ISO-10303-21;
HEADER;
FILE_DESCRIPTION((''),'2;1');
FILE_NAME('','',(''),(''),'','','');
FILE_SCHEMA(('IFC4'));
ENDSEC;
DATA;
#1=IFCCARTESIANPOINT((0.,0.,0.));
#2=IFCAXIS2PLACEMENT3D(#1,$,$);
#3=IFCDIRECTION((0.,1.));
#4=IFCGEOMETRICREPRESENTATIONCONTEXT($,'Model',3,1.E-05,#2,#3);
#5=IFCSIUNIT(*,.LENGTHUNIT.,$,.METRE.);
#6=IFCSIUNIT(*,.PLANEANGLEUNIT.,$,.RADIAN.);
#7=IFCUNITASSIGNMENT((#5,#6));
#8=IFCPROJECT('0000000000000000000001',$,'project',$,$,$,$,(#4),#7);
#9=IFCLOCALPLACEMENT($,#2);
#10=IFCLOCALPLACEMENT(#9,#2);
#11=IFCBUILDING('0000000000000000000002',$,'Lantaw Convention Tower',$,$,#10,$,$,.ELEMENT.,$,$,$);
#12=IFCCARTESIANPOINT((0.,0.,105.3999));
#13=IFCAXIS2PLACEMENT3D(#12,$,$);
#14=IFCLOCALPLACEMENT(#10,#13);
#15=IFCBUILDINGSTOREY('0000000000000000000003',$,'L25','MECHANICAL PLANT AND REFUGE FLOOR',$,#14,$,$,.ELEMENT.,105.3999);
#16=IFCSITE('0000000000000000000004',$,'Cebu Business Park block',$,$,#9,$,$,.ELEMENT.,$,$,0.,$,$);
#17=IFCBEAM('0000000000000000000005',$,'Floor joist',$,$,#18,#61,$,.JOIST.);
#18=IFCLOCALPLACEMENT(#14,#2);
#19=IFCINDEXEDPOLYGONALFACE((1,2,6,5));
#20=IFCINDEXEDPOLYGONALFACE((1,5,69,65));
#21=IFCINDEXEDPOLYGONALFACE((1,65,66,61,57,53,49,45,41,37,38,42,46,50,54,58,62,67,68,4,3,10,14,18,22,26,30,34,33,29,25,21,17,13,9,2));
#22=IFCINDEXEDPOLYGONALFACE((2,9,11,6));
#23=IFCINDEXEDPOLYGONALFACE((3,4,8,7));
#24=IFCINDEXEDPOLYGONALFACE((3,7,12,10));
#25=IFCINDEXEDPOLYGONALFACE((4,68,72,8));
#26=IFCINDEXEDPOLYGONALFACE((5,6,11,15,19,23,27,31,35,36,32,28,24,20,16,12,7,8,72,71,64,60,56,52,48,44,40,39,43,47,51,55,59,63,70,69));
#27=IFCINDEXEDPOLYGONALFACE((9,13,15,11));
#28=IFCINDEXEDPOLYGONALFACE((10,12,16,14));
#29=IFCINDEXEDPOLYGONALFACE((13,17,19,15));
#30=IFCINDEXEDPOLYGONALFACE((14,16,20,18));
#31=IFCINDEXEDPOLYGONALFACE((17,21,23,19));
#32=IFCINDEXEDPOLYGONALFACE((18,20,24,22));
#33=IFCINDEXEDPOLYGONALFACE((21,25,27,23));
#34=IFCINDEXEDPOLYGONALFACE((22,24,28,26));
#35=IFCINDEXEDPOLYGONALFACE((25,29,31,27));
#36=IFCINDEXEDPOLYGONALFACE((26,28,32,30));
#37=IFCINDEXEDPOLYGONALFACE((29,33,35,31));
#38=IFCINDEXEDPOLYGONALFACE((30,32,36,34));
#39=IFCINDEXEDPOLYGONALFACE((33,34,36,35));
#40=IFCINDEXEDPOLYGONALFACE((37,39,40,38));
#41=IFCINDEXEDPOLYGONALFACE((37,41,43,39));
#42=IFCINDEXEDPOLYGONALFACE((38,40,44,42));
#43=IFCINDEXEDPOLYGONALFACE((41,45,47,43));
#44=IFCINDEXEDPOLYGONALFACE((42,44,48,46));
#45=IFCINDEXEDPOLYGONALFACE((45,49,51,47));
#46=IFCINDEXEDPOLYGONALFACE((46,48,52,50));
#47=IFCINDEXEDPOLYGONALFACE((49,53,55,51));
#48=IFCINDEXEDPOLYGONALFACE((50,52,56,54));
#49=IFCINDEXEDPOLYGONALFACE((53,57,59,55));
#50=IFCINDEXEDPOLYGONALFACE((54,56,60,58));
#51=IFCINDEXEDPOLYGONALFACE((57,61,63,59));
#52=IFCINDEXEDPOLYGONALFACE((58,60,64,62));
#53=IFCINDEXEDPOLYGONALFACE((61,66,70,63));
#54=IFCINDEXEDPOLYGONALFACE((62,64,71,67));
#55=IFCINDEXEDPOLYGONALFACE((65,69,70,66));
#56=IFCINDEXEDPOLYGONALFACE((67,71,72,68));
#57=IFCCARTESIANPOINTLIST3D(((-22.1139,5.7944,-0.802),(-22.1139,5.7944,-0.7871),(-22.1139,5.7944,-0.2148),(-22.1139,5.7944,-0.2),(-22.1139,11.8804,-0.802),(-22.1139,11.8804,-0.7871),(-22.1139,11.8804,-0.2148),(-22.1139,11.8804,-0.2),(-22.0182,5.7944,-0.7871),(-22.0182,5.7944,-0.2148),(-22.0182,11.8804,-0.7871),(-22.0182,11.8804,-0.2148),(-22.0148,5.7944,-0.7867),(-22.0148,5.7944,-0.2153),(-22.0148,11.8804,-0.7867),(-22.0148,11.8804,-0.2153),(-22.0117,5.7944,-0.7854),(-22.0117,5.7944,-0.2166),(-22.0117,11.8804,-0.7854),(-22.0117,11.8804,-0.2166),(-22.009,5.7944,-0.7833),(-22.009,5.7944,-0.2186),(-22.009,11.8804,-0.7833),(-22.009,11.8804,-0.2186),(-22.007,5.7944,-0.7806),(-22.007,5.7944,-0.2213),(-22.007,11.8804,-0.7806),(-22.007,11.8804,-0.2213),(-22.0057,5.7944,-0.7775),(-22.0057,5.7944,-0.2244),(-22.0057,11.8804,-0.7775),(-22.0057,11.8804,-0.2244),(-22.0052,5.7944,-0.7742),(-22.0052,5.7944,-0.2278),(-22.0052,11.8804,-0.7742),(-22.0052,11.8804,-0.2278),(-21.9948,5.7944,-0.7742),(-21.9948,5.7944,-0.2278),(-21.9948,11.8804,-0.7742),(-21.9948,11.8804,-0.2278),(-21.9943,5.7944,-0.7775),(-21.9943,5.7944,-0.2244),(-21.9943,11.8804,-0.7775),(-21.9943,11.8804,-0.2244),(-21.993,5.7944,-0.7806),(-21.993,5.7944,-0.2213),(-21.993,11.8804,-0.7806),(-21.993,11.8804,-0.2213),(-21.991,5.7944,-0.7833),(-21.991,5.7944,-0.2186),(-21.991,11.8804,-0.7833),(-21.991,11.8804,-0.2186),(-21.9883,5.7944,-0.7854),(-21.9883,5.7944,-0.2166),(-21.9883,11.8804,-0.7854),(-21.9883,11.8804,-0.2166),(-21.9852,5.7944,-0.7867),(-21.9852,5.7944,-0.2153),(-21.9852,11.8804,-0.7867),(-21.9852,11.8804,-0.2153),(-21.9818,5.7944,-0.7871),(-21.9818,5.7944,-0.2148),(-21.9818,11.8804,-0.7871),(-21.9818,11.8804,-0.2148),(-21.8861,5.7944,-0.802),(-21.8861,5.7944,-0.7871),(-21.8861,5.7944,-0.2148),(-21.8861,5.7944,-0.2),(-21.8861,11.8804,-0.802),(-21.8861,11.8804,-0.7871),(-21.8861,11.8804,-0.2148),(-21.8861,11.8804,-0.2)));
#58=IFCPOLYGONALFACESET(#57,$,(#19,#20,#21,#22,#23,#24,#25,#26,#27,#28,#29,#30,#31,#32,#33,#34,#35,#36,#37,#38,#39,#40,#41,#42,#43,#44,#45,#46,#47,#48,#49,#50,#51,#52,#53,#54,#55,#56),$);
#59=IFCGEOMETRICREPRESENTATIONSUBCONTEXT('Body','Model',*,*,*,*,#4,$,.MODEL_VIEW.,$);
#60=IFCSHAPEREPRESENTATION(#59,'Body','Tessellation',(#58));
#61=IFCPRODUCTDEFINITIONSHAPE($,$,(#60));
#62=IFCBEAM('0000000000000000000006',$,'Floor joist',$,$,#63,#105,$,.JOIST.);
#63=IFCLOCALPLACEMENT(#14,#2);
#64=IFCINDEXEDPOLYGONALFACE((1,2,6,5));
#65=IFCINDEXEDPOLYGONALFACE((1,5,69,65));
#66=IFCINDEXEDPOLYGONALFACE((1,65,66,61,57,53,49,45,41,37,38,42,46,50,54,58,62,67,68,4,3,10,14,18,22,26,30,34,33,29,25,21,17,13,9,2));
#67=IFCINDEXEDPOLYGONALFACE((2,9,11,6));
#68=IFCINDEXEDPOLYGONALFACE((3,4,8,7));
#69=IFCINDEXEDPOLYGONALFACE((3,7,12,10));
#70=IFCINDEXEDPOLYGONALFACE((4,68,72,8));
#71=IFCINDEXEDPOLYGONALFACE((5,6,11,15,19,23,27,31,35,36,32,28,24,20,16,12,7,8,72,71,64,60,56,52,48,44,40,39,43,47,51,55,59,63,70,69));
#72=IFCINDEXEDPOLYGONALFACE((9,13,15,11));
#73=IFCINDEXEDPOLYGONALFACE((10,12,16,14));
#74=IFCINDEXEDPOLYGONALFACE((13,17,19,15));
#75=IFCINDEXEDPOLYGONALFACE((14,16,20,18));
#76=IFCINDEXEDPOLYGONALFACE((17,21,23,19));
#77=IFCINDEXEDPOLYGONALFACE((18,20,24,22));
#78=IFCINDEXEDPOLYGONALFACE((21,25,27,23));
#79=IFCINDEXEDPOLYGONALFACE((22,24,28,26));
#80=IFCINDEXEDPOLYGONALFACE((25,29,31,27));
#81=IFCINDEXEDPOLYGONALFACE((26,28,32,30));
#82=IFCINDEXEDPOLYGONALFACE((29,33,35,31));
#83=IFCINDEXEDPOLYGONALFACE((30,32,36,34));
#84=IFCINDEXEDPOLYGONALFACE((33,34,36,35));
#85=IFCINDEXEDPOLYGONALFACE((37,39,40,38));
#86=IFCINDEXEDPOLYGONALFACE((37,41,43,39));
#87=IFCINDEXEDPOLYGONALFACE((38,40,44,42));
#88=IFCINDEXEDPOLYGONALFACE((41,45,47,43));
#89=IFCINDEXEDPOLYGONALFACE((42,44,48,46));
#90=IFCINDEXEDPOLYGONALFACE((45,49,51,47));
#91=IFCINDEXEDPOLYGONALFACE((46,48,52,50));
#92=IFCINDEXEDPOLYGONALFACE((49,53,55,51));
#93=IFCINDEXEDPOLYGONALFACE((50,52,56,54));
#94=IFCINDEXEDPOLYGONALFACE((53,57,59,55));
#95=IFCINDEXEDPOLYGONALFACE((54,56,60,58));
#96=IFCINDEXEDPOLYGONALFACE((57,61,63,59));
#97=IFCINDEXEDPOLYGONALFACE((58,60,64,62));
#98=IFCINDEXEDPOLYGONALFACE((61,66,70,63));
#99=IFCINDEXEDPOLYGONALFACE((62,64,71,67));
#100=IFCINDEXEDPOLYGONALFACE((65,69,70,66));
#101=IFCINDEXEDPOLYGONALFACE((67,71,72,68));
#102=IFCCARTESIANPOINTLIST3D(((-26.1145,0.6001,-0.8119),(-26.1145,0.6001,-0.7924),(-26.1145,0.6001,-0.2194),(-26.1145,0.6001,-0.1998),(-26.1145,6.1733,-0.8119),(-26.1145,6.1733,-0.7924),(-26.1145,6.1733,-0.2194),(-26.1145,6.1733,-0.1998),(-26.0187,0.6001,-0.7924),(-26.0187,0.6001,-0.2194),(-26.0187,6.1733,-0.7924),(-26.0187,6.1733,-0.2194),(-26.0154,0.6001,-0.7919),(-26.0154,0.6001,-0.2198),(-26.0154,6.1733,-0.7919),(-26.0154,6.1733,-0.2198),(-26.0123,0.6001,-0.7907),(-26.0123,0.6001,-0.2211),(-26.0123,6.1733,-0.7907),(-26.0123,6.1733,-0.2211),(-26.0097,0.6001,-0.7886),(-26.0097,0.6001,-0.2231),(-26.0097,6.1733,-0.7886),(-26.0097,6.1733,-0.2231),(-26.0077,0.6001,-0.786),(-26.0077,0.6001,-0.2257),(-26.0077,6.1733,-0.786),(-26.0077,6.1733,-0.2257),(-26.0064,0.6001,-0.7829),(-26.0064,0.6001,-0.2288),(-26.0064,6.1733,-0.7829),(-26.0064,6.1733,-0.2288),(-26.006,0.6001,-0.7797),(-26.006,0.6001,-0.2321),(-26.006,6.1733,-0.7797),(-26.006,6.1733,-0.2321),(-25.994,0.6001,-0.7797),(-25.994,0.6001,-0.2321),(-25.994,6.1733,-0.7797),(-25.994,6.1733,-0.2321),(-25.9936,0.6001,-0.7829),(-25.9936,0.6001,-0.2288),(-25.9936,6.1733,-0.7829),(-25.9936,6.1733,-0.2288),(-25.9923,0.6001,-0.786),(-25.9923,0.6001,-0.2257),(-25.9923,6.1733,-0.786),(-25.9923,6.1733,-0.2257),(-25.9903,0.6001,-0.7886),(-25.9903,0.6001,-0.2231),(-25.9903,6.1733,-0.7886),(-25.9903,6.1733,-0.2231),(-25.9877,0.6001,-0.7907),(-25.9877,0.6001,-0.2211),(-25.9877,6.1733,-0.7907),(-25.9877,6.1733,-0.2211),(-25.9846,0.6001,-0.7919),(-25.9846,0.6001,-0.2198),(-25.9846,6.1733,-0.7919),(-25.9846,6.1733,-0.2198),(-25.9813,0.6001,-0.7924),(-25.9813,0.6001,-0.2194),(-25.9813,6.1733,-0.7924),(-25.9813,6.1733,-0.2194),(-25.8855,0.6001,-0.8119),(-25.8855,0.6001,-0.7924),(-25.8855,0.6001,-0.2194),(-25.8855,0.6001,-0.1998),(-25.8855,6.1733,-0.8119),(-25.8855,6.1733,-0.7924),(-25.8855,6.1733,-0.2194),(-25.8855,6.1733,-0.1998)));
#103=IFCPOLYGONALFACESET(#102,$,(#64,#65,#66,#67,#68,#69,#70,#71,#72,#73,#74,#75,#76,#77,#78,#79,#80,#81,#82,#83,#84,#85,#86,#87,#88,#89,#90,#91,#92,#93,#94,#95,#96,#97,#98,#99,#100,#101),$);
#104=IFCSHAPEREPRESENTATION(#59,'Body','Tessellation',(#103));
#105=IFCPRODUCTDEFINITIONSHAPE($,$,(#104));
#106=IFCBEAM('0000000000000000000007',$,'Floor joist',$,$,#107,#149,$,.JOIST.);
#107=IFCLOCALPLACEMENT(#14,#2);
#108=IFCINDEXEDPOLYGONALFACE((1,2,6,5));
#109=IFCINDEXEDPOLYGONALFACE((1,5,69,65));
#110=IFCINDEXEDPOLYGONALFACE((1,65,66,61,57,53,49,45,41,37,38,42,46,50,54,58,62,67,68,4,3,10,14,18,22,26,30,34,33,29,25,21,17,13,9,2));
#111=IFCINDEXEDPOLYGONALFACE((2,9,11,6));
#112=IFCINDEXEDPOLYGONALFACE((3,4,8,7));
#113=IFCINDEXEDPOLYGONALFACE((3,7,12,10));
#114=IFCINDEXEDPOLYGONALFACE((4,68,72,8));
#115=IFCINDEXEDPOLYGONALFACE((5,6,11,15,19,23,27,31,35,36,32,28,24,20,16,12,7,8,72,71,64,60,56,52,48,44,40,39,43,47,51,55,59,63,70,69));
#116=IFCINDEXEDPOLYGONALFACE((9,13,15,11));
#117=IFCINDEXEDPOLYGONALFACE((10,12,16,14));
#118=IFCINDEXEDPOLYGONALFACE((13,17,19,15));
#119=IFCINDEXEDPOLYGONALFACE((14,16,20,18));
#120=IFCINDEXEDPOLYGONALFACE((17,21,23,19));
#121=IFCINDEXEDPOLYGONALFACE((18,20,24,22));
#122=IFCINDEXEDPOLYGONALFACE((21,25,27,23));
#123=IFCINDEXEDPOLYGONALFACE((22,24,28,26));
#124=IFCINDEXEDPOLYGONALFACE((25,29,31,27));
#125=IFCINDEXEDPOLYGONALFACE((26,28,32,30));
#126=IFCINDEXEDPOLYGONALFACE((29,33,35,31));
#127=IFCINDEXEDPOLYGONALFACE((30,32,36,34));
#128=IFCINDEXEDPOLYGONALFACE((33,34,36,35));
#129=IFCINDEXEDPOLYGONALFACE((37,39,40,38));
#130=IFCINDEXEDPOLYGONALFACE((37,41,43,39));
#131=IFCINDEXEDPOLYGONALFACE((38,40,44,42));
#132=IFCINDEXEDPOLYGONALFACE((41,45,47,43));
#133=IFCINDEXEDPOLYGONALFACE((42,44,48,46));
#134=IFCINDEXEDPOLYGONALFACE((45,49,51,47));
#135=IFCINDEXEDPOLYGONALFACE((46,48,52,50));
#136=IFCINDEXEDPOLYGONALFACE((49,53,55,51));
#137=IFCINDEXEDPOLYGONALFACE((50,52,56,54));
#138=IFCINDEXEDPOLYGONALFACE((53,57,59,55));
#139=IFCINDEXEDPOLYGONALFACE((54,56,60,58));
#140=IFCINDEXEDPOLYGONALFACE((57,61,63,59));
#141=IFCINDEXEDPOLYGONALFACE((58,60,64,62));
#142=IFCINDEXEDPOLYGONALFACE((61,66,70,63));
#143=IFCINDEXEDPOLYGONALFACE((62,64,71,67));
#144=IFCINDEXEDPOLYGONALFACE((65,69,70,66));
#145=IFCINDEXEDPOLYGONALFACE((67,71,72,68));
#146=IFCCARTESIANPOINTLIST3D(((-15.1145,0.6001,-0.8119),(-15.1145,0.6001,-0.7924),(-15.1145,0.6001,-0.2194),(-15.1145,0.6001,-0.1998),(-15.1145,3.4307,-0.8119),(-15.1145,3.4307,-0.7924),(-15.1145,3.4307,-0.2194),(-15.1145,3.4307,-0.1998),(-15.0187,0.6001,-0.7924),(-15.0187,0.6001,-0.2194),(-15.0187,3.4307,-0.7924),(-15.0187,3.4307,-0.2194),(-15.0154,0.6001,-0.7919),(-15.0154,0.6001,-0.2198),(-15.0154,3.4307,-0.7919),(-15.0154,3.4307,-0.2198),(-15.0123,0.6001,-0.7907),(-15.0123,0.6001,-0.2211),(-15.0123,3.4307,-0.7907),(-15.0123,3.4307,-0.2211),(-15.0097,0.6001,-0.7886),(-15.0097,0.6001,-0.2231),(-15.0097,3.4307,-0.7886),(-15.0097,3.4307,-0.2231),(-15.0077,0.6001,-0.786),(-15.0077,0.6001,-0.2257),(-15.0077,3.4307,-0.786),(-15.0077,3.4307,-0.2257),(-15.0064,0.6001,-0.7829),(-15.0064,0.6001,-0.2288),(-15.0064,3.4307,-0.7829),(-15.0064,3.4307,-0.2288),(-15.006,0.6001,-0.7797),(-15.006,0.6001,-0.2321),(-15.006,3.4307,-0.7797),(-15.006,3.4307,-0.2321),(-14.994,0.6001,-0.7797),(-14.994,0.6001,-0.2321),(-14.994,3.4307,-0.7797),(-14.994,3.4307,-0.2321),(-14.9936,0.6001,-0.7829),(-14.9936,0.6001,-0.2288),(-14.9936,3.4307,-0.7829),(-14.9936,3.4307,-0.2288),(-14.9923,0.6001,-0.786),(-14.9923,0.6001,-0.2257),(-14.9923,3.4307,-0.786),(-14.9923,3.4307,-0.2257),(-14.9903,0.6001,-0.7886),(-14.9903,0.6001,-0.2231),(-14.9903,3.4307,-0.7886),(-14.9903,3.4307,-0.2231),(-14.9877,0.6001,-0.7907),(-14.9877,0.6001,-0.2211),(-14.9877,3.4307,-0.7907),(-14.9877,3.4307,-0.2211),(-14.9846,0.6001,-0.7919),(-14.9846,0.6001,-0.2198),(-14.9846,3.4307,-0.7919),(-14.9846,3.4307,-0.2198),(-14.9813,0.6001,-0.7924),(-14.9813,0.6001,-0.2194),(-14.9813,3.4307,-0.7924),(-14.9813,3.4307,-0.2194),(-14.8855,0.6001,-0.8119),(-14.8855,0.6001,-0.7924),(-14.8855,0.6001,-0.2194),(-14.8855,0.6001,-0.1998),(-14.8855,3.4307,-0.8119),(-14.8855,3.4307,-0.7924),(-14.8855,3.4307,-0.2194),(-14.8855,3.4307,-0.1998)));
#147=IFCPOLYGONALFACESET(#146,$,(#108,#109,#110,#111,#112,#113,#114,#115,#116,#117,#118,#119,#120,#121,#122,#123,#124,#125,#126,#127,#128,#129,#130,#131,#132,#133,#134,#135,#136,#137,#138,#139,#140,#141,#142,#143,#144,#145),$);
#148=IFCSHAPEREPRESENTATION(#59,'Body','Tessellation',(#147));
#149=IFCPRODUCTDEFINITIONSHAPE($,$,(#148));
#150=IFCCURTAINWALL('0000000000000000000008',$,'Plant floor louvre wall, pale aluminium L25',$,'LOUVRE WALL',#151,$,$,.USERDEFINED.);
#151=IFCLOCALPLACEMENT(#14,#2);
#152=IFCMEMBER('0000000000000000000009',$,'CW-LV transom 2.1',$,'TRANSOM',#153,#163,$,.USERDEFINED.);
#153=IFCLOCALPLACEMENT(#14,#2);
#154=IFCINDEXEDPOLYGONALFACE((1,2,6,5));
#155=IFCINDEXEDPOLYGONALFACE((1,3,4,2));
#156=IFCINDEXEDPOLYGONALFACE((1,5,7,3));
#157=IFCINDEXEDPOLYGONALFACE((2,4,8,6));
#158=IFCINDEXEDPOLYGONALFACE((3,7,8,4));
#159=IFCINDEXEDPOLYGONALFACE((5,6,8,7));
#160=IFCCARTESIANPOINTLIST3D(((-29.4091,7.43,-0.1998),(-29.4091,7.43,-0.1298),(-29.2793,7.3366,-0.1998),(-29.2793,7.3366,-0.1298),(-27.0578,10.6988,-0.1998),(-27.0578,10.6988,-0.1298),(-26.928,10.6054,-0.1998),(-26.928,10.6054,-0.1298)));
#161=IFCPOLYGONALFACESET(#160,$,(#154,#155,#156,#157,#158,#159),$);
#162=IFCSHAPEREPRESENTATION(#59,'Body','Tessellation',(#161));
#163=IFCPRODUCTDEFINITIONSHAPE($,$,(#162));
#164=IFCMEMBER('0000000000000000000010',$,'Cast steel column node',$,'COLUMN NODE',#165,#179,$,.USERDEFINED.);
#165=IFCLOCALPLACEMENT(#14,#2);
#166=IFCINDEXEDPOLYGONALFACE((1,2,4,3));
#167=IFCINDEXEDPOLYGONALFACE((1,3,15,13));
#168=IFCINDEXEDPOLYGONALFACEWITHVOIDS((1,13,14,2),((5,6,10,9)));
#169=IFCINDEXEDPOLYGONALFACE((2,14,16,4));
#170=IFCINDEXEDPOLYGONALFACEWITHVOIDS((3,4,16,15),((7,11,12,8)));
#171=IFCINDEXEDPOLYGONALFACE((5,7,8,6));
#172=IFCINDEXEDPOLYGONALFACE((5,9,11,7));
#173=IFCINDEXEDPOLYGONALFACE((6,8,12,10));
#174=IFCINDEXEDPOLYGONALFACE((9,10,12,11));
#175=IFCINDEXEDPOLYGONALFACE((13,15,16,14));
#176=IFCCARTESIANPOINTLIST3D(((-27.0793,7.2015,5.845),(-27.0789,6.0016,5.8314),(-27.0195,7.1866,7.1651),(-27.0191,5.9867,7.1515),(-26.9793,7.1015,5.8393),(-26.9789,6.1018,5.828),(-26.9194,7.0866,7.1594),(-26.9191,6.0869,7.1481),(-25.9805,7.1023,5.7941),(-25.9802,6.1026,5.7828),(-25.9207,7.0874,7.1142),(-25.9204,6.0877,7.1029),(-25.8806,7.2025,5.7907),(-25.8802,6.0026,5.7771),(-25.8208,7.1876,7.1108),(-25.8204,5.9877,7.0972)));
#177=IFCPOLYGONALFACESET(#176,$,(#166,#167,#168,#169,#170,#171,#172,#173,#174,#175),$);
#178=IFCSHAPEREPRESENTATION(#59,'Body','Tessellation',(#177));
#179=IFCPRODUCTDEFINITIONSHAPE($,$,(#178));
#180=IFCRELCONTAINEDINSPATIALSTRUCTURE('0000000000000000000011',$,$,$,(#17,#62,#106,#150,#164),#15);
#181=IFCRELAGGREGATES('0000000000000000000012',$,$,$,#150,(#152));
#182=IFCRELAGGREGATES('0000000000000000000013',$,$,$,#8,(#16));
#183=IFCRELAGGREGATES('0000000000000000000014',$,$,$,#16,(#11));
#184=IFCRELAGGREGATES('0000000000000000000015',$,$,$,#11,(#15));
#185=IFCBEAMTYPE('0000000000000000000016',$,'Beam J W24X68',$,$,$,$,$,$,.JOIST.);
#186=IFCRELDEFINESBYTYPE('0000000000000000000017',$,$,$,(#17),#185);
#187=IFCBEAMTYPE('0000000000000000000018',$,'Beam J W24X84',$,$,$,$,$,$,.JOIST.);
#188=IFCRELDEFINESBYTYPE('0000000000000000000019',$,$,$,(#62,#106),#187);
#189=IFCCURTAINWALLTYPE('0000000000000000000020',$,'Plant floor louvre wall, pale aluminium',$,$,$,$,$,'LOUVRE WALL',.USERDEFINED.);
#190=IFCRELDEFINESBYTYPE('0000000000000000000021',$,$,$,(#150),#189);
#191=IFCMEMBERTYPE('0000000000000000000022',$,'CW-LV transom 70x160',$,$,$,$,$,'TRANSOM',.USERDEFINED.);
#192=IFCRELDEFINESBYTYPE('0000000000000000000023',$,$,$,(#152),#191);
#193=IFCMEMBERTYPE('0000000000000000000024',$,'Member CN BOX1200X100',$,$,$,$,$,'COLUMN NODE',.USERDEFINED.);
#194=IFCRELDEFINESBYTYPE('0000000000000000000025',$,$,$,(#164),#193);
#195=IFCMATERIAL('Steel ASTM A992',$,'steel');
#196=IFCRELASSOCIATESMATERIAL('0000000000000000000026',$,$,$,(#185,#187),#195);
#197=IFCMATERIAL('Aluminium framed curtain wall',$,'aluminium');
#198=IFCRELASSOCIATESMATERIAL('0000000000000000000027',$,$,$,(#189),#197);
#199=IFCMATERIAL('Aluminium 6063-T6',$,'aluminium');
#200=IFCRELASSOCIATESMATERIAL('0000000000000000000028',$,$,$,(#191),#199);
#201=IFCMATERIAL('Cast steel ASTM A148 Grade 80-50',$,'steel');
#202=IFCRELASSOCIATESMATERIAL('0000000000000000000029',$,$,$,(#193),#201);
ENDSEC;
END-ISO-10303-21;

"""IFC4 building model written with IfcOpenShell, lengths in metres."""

from ifc_helpers import new_model, si_unit, direction, frame, origin, origin_2d, place, context, subcontext, project, spatial, rectangle, hollow_rectangle, i_section, extrude, material, material_profile, profile_set, type_object, element, aggregate, save


model = new_model("IFC4")

# Units and contexts
model_context = context("Model", 3, precision=1e-05, world=origin(), true_north=direction((0.0, 1.0)))
body_context = subcontext(model_context, "Body", "Model", "MODEL_VIEW")
ifc_project = project(units=[si_unit("LENGTHUNIT", "METRE"), si_unit("PLANEANGLEUNIT", "RADIAN")], contexts=[model_context])

# Site, building, storey
site_placement = place(None, origin())
site = spatial("IfcSite", under=ifc_project, at=site_placement, Name="Cebu Business Park block", CompositionType="ELEMENT", RefElevation=0.0)
building_placement = place(site_placement, origin())
building = spatial("IfcBuilding", under=site, at=building_placement, Name="Lantaw Convention Tower", CompositionType="ELEMENT")
storey_placement = place(building_placement, frame((0.0, 0.0, 105.3999)))
storey = spatial("IfcBuildingStorey", under=building, at=storey_placement, Name="L25", Description="MECHANICAL PLANT AND REFUGE FLOOR", CompositionType="ELEMENT", Elevation=105.3999)

# Beams
ifc_material_1 = material(Name="Steel ASTM A992", Category="steel")
ifc_material_profile_1 = material_profile(ifc_material_1, i_section(OverallWidth=0.2278, OverallDepth=0.6021, WebThickness=0.0105, FlangeThickness=0.0149, FilletRadius=0.0129, at=origin_2d()), Name="W24X68")
ifc_profile_set_1 = profile_set([ifc_material_profile_1], Name="Steel ASTM A992")
beam_type_1 = type_object("IfcBeamType", Name="Beam J W24X68", PredefinedType="JOIST", material=ifc_profile_set_1)
beam_1_placement = place(storey_placement, frame((-22.0, 5.7944, -0.501), z_axis=(0.0, 1.0, 0.0), x_axis=(-1.0, 0.0, 0.0)))
element("IfcBeam", 1, at=beam_1_placement, inside=storey, type_object=beam_type_1, Name="Floor joist", PredefinedType="JOIST", context=body_context, shape_type="SweptSolid", body=[
    extrude(i_section(OverallWidth=0.2278, OverallDepth=0.6021, WebThickness=0.0105, FlangeThickness=0.0149, FilletRadius=0.0129, at=origin_2d()), origin(), (0.0, 0.0, 1.0), 6.0859),
])
ifc_material_profile_2 = material_profile(ifc_material_1, i_section(OverallWidth=0.229, OverallDepth=0.6121, WebThickness=0.012, FlangeThickness=0.0195, FilletRadius=0.0127, at=origin_2d()), Name="W24X84")
ifc_profile_set_2 = profile_set([ifc_material_profile_2], Name="Steel ASTM A992")
beam_type_2 = type_object("IfcBeamType", Name="Beam J W24X84", PredefinedType="JOIST", material=ifc_profile_set_2)
beam_2_placement = place(storey_placement, frame((-26.0, 0.6001, -0.5059), z_axis=(0.0, 1.0, 0.0), x_axis=(-1.0, 0.0, 0.0)))
element("IfcBeam", 2, at=beam_2_placement, inside=storey, type_object=beam_type_2, Name="Floor joist", PredefinedType="JOIST", context=body_context, shape_type="SweptSolid", body=[
    extrude(i_section(OverallWidth=0.229, OverallDepth=0.6121, WebThickness=0.012, FlangeThickness=0.0195, FilletRadius=0.0127, at=origin_2d()), origin(), (0.0, 0.0, 1.0), 5.5732),
])
beam_3_placement = place(storey_placement, frame((-15.0, 0.6001, -0.5059), z_axis=(0.0, 1.0, 0.0), x_axis=(-1.0, 0.0, 0.0)))
element("IfcBeam", 3, at=beam_3_placement, inside=storey, type_object=beam_type_2, Name="Floor joist", PredefinedType="JOIST", context=body_context, shape_type="SweptSolid", body=[
    extrude(i_section(OverallWidth=0.229, OverallDepth=0.6121, WebThickness=0.012, FlangeThickness=0.0195, FilletRadius=0.0127, at=origin_2d()), origin(), (0.0, 0.0, 1.0), 2.8306),
])

# Curtain wall, member
ifc_material_2 = material(Name="Aluminium framed curtain wall", Category="aluminium")
curtain_wall_type = type_object("IfcCurtainWallType", Name="Plant floor louvre wall, pale aluminium", ElementType="LOUVRE WALL", PredefinedType="USERDEFINED", material=ifc_material_2)
curtain_wall_placement = place(storey_placement, origin())
curtain_wall = element("IfcCurtainWall", 4, at=curtain_wall_placement, inside=storey, type_object=curtain_wall_type, Name="Plant floor louvre wall, pale aluminium L25", ObjectType="LOUVRE WALL", PredefinedType="USERDEFINED")
ifc_material_3 = material(Name="Aluminium 6063-T6", Category="aluminium")
ifc_material_profile_3 = material_profile(ifc_material_3, rectangle(XDim=0.1599, YDim=0.0701, at=origin_2d()), Name="CW-LV transom 70x160")
ifc_profile_set_3 = profile_set([ifc_material_profile_3], Name="Aluminium 6063-T6")
member_type_1 = type_object("IfcMemberType", Name="CW-LV transom 70x160", ElementType="TRANSOM", PredefinedType="USERDEFINED", material=ifc_profile_set_3)
member_1_placement = place(storey_placement, frame((-26.9929, 10.6521, -0.1648), z_axis=(-0.583942, -0.811795, 0.0), x_axis=(0.811795, -0.583942, 0.0)))
member_1 = element("IfcMember", 5, at=member_1_placement, type_object=member_type_1, Name="CW-LV transom 2.1", ObjectType="TRANSOM", PredefinedType="USERDEFINED", context=body_context, shape_type="SweptSolid", body=[
    extrude(rectangle(XDim=0.1599, YDim=0.0701, at=origin_2d()), origin(), (0.0, 0.0, 1.0), 4.0266),
])

# Member
ifc_material_4 = material(Name="Cast steel ASTM A148 Grade 80-50", Category="steel")
ifc_material_profile_4 = material_profile(ifc_material_4, hollow_rectangle(XDim=1.2, YDim=1.2, WallThickness=0.1001, at=origin_2d()), Name="BOX1200X100")
ifc_profile_set_4 = profile_set([ifc_material_profile_4], Name="Cast steel ASTM A148 Grade 80-50")
member_type_2 = type_object("IfcMemberType", Name="Member CN BOX1200X100", ElementType="COLUMN NODE", PredefinedType="USERDEFINED", material=ifc_profile_set_4)
member_2_placement = place(storey_placement, frame((-26.4797, 6.6021, 5.811), z_axis=(0.045262, -0.011269, 0.998912), x_axis=(0.998975, 0.000833, -0.045256)))
element("IfcMember", 6, at=member_2_placement, inside=storey, type_object=member_type_2, Name="Cast steel column node", ObjectType="COLUMN NODE", PredefinedType="USERDEFINED", context=body_context, shape_type="SweptSolid", body=[
    extrude(hollow_rectangle(XDim=1.2, YDim=1.2, WallThickness=0.1001, at=origin_2d()), origin(), (0.0, 0.0, 1.0), 1.3215),
])

aggregate(curtain_wall, [member_1])

save(model, "model.ifc")
